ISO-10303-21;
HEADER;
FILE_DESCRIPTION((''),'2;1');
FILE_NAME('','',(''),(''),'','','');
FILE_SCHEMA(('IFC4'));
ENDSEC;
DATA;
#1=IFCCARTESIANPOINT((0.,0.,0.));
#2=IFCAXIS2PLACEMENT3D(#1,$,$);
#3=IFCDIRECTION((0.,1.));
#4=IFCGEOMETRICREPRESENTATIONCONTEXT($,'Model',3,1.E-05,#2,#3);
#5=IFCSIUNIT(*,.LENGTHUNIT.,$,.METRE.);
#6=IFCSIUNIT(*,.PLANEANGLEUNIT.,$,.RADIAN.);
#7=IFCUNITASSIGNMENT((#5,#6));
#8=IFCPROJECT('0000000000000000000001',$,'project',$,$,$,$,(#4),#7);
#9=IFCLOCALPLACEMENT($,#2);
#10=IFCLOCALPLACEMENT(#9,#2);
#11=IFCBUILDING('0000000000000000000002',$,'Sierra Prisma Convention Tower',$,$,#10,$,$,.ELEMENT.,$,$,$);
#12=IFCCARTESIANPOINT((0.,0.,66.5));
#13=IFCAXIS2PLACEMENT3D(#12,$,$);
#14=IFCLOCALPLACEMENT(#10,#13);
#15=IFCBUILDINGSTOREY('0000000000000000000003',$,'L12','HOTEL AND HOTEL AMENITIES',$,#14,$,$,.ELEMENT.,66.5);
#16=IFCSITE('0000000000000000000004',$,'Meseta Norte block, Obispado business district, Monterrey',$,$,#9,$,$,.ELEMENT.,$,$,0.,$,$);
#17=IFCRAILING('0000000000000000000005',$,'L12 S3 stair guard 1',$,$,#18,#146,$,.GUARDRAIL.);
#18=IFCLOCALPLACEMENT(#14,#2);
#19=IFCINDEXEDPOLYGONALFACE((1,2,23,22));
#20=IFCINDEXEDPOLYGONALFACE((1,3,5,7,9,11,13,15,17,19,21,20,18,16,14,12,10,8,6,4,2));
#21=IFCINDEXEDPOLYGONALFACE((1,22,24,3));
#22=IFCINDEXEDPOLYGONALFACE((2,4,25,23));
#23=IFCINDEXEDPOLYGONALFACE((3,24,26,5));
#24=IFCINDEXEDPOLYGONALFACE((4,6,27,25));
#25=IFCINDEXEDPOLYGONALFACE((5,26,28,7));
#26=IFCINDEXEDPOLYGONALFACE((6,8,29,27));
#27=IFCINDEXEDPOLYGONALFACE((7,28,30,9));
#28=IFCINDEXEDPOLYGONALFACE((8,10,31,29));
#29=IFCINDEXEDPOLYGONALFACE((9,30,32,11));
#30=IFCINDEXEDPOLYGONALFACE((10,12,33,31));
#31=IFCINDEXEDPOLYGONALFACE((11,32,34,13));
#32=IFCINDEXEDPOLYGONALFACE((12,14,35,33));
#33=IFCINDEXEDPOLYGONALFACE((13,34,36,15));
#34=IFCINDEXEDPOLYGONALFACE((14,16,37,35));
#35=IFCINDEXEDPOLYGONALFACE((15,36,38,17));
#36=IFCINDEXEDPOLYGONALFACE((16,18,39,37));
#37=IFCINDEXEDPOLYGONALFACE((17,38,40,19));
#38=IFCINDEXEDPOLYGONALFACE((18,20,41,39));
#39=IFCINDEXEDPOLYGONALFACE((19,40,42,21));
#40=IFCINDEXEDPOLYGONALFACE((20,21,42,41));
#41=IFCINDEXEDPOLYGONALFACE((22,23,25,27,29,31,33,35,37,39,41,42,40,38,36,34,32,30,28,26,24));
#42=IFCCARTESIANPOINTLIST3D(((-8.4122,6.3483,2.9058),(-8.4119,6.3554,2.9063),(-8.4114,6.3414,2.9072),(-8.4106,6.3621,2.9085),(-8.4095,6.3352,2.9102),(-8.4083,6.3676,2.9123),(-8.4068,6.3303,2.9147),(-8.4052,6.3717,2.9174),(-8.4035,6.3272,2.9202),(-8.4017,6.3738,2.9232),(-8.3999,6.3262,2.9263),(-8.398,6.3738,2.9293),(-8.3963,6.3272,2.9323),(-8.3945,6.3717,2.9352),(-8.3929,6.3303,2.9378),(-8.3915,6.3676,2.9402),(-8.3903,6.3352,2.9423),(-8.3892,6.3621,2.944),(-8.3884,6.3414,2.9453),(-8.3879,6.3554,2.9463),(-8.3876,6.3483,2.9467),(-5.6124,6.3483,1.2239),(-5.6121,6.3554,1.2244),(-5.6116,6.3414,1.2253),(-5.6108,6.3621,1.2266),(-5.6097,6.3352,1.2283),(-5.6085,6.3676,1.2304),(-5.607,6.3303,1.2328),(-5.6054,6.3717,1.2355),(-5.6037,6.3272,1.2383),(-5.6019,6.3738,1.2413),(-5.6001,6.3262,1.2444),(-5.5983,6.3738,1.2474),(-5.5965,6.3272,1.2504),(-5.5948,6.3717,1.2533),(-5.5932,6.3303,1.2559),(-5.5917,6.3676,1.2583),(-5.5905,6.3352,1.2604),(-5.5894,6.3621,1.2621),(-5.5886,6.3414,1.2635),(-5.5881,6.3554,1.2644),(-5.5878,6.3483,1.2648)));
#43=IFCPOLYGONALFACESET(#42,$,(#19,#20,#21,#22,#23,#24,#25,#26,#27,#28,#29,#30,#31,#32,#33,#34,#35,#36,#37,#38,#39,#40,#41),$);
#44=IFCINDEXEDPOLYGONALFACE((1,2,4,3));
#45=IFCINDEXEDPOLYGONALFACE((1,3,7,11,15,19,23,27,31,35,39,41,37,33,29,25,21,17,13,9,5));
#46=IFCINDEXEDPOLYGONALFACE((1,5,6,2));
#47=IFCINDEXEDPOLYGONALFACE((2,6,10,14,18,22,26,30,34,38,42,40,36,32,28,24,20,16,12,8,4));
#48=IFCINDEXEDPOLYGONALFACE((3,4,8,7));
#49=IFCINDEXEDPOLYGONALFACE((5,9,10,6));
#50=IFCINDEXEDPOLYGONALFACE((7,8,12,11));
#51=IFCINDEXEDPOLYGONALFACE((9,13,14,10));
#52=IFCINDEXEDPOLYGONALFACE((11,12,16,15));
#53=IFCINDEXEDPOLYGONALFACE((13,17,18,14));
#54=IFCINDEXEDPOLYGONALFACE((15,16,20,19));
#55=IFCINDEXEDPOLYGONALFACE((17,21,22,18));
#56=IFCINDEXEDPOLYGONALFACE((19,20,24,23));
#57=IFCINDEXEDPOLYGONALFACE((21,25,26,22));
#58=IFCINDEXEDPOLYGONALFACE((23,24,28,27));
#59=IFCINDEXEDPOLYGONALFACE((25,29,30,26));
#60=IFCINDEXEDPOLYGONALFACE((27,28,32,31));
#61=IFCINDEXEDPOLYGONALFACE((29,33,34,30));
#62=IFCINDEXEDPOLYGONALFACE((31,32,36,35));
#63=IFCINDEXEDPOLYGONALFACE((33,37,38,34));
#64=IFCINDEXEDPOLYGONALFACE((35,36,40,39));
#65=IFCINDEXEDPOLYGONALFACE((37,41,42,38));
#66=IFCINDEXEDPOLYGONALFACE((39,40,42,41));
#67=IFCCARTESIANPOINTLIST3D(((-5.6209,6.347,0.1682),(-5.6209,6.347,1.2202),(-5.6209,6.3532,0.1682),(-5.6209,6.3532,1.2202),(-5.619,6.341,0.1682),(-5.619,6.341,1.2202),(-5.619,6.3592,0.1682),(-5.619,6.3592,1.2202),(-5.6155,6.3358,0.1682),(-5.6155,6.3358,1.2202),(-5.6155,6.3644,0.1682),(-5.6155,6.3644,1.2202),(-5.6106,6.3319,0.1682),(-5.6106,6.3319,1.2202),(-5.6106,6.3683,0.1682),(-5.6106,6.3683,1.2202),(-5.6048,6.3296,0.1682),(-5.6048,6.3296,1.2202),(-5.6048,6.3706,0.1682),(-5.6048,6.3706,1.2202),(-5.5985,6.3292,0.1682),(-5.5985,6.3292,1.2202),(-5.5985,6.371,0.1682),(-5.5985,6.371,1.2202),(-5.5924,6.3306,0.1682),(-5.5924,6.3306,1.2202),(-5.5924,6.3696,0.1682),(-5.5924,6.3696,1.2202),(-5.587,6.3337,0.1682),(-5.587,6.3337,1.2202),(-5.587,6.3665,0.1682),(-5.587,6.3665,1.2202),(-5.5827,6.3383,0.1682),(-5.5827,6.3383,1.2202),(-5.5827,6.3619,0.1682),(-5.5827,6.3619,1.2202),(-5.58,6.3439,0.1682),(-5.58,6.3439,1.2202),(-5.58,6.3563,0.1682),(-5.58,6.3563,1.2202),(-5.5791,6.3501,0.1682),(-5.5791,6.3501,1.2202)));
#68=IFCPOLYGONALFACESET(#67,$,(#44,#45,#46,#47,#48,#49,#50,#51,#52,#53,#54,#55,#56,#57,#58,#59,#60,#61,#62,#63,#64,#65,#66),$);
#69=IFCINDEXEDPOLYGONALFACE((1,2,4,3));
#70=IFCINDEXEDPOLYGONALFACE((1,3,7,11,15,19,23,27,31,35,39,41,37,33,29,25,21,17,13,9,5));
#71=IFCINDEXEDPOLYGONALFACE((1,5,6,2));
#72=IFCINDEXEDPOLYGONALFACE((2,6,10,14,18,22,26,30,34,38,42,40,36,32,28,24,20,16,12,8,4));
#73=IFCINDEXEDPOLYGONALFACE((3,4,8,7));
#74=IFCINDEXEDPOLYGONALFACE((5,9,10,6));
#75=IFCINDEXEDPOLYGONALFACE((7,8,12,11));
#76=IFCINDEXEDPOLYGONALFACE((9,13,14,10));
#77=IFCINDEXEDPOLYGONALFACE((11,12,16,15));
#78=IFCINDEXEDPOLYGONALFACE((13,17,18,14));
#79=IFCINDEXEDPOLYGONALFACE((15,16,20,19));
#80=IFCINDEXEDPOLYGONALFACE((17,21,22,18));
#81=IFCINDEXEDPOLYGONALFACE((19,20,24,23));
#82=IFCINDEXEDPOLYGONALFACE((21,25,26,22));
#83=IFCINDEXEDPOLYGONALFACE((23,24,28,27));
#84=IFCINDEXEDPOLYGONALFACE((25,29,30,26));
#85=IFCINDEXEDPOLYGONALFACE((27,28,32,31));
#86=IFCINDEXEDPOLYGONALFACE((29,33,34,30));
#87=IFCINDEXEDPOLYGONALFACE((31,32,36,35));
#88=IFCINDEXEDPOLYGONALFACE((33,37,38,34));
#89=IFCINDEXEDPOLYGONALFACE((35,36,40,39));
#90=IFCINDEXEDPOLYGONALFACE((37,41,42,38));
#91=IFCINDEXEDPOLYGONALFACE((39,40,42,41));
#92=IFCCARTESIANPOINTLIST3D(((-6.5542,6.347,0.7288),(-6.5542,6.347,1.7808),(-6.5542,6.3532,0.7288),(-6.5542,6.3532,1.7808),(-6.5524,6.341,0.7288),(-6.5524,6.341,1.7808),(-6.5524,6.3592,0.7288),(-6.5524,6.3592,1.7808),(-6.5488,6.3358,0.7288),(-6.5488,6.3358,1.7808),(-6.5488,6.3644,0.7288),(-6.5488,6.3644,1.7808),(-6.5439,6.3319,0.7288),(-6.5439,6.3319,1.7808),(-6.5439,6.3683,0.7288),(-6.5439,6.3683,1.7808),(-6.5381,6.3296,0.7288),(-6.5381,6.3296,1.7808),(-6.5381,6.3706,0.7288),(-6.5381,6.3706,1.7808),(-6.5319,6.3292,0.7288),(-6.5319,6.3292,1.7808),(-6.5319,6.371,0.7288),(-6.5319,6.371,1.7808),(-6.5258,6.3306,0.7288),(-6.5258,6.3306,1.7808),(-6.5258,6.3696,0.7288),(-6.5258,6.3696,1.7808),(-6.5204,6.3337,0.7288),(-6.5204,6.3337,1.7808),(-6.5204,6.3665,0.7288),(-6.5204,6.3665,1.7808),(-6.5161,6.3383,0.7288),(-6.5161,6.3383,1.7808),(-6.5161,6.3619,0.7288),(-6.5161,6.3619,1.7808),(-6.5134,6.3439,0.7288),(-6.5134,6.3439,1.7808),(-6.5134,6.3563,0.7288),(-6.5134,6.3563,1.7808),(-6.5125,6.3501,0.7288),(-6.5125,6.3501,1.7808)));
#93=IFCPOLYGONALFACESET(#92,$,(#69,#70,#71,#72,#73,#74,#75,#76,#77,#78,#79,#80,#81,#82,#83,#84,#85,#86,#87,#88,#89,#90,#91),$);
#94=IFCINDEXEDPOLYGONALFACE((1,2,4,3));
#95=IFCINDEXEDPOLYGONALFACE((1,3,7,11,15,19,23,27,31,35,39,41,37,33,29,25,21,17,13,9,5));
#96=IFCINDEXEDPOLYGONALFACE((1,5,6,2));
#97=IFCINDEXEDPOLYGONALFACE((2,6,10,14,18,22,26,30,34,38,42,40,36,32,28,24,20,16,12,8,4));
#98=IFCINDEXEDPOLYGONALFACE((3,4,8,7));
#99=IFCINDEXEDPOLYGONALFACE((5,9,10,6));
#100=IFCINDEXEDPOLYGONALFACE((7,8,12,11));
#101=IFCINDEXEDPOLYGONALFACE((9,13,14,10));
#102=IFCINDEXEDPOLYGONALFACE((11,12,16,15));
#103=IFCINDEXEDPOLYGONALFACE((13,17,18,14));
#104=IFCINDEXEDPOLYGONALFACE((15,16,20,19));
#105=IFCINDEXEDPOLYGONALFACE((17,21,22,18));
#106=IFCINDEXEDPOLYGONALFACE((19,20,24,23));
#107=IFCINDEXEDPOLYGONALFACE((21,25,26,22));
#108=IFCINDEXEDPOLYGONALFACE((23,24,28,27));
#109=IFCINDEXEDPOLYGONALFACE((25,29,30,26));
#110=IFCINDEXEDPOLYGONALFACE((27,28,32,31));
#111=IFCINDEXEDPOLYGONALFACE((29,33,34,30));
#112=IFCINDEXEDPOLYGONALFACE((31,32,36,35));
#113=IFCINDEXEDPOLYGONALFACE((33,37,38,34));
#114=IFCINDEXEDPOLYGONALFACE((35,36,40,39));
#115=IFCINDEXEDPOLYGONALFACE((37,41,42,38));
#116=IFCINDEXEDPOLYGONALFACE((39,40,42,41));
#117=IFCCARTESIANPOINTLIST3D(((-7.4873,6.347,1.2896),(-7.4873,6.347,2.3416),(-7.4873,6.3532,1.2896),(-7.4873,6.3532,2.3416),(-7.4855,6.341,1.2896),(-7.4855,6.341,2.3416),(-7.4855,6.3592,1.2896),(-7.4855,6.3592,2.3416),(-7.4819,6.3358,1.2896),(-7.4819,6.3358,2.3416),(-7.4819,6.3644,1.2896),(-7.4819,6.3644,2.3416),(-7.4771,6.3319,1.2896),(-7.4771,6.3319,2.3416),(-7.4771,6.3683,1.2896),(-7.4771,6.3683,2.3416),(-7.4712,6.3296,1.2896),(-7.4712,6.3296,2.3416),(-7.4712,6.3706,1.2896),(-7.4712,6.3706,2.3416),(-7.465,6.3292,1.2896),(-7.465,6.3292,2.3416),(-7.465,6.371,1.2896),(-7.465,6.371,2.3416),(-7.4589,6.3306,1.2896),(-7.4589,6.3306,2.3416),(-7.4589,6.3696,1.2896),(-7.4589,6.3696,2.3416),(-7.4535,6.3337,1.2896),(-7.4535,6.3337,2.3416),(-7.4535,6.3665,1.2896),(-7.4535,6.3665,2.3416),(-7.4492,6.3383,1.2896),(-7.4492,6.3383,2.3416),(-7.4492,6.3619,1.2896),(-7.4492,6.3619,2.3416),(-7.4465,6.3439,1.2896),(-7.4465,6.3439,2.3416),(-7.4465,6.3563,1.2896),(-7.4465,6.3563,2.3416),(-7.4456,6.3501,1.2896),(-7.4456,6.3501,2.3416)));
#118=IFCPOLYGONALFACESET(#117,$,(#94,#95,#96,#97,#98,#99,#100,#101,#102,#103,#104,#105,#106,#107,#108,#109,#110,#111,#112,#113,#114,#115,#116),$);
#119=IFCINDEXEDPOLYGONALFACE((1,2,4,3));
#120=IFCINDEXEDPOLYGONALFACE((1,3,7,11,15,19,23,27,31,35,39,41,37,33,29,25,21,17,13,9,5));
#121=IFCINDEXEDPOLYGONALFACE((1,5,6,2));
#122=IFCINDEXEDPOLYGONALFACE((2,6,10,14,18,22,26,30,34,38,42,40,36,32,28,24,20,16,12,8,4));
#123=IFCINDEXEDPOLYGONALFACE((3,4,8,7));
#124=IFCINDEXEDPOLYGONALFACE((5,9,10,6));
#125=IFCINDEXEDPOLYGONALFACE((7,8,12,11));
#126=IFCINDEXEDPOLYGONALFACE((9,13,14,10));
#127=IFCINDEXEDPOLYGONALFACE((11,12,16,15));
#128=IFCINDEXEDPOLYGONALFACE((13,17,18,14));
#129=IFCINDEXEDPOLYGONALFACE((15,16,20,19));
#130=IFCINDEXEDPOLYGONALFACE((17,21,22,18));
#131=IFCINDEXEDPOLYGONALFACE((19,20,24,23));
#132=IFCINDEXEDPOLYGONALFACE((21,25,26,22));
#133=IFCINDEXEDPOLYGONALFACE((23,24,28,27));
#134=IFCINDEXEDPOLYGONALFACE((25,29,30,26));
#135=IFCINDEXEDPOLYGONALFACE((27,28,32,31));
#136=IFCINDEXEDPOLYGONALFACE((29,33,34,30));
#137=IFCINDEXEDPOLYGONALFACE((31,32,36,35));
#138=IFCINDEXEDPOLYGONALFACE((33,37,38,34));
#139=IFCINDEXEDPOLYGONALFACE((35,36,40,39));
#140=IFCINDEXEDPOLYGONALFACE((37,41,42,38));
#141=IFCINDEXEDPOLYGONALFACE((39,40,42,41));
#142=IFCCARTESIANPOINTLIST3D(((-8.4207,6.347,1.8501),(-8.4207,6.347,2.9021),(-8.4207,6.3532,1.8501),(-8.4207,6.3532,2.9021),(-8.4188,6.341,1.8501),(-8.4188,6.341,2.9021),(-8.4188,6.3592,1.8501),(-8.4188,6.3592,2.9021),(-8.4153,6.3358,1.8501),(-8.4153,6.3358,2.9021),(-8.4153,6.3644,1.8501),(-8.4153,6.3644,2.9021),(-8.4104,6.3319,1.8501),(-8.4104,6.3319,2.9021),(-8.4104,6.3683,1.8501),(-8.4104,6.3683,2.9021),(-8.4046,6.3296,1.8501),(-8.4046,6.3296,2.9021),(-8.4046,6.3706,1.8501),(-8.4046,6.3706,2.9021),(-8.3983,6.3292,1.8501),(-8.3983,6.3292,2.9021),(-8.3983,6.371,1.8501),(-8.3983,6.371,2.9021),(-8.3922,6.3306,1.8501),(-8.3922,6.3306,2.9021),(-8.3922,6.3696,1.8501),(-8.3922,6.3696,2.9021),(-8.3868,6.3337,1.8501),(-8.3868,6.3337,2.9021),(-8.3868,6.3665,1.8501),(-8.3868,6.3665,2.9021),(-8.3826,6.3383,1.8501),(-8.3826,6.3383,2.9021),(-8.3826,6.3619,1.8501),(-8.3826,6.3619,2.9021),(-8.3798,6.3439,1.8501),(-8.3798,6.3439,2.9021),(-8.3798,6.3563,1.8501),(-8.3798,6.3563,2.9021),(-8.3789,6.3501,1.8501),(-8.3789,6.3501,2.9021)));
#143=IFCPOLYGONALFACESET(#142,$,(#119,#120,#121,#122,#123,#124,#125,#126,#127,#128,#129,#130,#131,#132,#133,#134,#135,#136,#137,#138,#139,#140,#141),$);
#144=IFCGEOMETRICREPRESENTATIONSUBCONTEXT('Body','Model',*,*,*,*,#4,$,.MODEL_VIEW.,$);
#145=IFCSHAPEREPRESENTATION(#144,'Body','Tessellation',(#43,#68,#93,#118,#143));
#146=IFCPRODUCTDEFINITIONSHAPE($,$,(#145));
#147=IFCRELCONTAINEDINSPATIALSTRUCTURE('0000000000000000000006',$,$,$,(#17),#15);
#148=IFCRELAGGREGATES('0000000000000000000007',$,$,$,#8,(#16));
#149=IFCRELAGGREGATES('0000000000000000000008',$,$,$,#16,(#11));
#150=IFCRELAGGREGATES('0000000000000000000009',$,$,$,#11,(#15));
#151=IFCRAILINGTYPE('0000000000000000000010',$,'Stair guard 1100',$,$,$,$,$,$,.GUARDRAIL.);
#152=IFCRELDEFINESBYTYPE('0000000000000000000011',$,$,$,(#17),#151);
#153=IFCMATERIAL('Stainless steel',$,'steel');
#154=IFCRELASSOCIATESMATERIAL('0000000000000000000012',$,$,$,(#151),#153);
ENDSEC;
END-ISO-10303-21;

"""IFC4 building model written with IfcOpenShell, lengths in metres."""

from ifc_helpers import new_model, si_unit, direction, frame, origin, origin_2d, place, context, subcontext, project, spatial, circle, extrude, material, type_object, element, save


model = new_model("IFC4")

# Units and contexts
model_context = context("Model", 3, precision=1e-05, world=origin(), true_north=direction((0.0, 1.0)))
body_context = subcontext(model_context, "Body", "Model", "MODEL_VIEW")
ifc_project = project(units=[si_unit("LENGTHUNIT", "METRE"), si_unit("PLANEANGLEUNIT", "RADIAN")], contexts=[model_context])

# Site, building, storey
site_placement = place(None, origin())
site = spatial("IfcSite", under=ifc_project, at=site_placement, Name="Meseta Norte block, Obispado business district, Monterrey", CompositionType="ELEMENT", RefElevation=0.0)
building_placement = place(site_placement, origin())
building = spatial("IfcBuilding", under=site, at=building_placement, Name="Sierra Prisma Convention Tower", CompositionType="ELEMENT")
storey_placement = place(building_placement, frame((0.0, 0.0, 66.5)))
storey = spatial("IfcBuildingStorey", under=building, at=storey_placement, Name="L12", Description="HOTEL AND HOTEL AMENITIES", CompositionType="ELEMENT", Elevation=66.5)

# Railing
ifc_material_1 = material(Name="Stainless steel", Category="steel")
railing_type_1 = type_object("IfcRailingType", Name="Stair guard 1100", PredefinedType="GUARDRAIL", material=ifc_material_1)
railing_1_placement = place(storey_placement, frame((-5.6001, 6.3501, 0.1682)))
element("IfcRailing", 1, at=railing_1_placement, inside=storey, type_object=railing_type_1, Name="L12 S3 stair guard 1", PredefinedType="GUARDRAIL", context=body_context, shape_type="SweptSolid", body=[
    extrude(circle(Radius=0.0239, at=origin_2d()), frame((0.0, 0.0, 1.0762), z_axis=(-0.857222, 0.0, 0.514946), x_axis=(0.0, -1.0, 0.0)), (0.0, 0.0, 1.0), 3.2661),
    extrude(circle(Radius=0.021, at=origin_2d()), origin(), (0.0, 0.0, 1.0), 1.052),
    extrude(circle(Radius=0.021, at=origin_2d()), frame((-0.9333, 0.0, 0.5605)), (0.0, 0.0, 1.0), 1.052),
    extrude(circle(Radius=0.021, at=origin_2d()), frame((-1.8665, 0.0, 1.1213)), (0.0, 0.0, 1.0), 1.052),
    extrude(circle(Radius=0.021, at=origin_2d()), frame((-2.7998, 0.0, 1.6819)), (0.0, 0.0, 1.0), 1.052),
])

save(model, "model.ifc")
